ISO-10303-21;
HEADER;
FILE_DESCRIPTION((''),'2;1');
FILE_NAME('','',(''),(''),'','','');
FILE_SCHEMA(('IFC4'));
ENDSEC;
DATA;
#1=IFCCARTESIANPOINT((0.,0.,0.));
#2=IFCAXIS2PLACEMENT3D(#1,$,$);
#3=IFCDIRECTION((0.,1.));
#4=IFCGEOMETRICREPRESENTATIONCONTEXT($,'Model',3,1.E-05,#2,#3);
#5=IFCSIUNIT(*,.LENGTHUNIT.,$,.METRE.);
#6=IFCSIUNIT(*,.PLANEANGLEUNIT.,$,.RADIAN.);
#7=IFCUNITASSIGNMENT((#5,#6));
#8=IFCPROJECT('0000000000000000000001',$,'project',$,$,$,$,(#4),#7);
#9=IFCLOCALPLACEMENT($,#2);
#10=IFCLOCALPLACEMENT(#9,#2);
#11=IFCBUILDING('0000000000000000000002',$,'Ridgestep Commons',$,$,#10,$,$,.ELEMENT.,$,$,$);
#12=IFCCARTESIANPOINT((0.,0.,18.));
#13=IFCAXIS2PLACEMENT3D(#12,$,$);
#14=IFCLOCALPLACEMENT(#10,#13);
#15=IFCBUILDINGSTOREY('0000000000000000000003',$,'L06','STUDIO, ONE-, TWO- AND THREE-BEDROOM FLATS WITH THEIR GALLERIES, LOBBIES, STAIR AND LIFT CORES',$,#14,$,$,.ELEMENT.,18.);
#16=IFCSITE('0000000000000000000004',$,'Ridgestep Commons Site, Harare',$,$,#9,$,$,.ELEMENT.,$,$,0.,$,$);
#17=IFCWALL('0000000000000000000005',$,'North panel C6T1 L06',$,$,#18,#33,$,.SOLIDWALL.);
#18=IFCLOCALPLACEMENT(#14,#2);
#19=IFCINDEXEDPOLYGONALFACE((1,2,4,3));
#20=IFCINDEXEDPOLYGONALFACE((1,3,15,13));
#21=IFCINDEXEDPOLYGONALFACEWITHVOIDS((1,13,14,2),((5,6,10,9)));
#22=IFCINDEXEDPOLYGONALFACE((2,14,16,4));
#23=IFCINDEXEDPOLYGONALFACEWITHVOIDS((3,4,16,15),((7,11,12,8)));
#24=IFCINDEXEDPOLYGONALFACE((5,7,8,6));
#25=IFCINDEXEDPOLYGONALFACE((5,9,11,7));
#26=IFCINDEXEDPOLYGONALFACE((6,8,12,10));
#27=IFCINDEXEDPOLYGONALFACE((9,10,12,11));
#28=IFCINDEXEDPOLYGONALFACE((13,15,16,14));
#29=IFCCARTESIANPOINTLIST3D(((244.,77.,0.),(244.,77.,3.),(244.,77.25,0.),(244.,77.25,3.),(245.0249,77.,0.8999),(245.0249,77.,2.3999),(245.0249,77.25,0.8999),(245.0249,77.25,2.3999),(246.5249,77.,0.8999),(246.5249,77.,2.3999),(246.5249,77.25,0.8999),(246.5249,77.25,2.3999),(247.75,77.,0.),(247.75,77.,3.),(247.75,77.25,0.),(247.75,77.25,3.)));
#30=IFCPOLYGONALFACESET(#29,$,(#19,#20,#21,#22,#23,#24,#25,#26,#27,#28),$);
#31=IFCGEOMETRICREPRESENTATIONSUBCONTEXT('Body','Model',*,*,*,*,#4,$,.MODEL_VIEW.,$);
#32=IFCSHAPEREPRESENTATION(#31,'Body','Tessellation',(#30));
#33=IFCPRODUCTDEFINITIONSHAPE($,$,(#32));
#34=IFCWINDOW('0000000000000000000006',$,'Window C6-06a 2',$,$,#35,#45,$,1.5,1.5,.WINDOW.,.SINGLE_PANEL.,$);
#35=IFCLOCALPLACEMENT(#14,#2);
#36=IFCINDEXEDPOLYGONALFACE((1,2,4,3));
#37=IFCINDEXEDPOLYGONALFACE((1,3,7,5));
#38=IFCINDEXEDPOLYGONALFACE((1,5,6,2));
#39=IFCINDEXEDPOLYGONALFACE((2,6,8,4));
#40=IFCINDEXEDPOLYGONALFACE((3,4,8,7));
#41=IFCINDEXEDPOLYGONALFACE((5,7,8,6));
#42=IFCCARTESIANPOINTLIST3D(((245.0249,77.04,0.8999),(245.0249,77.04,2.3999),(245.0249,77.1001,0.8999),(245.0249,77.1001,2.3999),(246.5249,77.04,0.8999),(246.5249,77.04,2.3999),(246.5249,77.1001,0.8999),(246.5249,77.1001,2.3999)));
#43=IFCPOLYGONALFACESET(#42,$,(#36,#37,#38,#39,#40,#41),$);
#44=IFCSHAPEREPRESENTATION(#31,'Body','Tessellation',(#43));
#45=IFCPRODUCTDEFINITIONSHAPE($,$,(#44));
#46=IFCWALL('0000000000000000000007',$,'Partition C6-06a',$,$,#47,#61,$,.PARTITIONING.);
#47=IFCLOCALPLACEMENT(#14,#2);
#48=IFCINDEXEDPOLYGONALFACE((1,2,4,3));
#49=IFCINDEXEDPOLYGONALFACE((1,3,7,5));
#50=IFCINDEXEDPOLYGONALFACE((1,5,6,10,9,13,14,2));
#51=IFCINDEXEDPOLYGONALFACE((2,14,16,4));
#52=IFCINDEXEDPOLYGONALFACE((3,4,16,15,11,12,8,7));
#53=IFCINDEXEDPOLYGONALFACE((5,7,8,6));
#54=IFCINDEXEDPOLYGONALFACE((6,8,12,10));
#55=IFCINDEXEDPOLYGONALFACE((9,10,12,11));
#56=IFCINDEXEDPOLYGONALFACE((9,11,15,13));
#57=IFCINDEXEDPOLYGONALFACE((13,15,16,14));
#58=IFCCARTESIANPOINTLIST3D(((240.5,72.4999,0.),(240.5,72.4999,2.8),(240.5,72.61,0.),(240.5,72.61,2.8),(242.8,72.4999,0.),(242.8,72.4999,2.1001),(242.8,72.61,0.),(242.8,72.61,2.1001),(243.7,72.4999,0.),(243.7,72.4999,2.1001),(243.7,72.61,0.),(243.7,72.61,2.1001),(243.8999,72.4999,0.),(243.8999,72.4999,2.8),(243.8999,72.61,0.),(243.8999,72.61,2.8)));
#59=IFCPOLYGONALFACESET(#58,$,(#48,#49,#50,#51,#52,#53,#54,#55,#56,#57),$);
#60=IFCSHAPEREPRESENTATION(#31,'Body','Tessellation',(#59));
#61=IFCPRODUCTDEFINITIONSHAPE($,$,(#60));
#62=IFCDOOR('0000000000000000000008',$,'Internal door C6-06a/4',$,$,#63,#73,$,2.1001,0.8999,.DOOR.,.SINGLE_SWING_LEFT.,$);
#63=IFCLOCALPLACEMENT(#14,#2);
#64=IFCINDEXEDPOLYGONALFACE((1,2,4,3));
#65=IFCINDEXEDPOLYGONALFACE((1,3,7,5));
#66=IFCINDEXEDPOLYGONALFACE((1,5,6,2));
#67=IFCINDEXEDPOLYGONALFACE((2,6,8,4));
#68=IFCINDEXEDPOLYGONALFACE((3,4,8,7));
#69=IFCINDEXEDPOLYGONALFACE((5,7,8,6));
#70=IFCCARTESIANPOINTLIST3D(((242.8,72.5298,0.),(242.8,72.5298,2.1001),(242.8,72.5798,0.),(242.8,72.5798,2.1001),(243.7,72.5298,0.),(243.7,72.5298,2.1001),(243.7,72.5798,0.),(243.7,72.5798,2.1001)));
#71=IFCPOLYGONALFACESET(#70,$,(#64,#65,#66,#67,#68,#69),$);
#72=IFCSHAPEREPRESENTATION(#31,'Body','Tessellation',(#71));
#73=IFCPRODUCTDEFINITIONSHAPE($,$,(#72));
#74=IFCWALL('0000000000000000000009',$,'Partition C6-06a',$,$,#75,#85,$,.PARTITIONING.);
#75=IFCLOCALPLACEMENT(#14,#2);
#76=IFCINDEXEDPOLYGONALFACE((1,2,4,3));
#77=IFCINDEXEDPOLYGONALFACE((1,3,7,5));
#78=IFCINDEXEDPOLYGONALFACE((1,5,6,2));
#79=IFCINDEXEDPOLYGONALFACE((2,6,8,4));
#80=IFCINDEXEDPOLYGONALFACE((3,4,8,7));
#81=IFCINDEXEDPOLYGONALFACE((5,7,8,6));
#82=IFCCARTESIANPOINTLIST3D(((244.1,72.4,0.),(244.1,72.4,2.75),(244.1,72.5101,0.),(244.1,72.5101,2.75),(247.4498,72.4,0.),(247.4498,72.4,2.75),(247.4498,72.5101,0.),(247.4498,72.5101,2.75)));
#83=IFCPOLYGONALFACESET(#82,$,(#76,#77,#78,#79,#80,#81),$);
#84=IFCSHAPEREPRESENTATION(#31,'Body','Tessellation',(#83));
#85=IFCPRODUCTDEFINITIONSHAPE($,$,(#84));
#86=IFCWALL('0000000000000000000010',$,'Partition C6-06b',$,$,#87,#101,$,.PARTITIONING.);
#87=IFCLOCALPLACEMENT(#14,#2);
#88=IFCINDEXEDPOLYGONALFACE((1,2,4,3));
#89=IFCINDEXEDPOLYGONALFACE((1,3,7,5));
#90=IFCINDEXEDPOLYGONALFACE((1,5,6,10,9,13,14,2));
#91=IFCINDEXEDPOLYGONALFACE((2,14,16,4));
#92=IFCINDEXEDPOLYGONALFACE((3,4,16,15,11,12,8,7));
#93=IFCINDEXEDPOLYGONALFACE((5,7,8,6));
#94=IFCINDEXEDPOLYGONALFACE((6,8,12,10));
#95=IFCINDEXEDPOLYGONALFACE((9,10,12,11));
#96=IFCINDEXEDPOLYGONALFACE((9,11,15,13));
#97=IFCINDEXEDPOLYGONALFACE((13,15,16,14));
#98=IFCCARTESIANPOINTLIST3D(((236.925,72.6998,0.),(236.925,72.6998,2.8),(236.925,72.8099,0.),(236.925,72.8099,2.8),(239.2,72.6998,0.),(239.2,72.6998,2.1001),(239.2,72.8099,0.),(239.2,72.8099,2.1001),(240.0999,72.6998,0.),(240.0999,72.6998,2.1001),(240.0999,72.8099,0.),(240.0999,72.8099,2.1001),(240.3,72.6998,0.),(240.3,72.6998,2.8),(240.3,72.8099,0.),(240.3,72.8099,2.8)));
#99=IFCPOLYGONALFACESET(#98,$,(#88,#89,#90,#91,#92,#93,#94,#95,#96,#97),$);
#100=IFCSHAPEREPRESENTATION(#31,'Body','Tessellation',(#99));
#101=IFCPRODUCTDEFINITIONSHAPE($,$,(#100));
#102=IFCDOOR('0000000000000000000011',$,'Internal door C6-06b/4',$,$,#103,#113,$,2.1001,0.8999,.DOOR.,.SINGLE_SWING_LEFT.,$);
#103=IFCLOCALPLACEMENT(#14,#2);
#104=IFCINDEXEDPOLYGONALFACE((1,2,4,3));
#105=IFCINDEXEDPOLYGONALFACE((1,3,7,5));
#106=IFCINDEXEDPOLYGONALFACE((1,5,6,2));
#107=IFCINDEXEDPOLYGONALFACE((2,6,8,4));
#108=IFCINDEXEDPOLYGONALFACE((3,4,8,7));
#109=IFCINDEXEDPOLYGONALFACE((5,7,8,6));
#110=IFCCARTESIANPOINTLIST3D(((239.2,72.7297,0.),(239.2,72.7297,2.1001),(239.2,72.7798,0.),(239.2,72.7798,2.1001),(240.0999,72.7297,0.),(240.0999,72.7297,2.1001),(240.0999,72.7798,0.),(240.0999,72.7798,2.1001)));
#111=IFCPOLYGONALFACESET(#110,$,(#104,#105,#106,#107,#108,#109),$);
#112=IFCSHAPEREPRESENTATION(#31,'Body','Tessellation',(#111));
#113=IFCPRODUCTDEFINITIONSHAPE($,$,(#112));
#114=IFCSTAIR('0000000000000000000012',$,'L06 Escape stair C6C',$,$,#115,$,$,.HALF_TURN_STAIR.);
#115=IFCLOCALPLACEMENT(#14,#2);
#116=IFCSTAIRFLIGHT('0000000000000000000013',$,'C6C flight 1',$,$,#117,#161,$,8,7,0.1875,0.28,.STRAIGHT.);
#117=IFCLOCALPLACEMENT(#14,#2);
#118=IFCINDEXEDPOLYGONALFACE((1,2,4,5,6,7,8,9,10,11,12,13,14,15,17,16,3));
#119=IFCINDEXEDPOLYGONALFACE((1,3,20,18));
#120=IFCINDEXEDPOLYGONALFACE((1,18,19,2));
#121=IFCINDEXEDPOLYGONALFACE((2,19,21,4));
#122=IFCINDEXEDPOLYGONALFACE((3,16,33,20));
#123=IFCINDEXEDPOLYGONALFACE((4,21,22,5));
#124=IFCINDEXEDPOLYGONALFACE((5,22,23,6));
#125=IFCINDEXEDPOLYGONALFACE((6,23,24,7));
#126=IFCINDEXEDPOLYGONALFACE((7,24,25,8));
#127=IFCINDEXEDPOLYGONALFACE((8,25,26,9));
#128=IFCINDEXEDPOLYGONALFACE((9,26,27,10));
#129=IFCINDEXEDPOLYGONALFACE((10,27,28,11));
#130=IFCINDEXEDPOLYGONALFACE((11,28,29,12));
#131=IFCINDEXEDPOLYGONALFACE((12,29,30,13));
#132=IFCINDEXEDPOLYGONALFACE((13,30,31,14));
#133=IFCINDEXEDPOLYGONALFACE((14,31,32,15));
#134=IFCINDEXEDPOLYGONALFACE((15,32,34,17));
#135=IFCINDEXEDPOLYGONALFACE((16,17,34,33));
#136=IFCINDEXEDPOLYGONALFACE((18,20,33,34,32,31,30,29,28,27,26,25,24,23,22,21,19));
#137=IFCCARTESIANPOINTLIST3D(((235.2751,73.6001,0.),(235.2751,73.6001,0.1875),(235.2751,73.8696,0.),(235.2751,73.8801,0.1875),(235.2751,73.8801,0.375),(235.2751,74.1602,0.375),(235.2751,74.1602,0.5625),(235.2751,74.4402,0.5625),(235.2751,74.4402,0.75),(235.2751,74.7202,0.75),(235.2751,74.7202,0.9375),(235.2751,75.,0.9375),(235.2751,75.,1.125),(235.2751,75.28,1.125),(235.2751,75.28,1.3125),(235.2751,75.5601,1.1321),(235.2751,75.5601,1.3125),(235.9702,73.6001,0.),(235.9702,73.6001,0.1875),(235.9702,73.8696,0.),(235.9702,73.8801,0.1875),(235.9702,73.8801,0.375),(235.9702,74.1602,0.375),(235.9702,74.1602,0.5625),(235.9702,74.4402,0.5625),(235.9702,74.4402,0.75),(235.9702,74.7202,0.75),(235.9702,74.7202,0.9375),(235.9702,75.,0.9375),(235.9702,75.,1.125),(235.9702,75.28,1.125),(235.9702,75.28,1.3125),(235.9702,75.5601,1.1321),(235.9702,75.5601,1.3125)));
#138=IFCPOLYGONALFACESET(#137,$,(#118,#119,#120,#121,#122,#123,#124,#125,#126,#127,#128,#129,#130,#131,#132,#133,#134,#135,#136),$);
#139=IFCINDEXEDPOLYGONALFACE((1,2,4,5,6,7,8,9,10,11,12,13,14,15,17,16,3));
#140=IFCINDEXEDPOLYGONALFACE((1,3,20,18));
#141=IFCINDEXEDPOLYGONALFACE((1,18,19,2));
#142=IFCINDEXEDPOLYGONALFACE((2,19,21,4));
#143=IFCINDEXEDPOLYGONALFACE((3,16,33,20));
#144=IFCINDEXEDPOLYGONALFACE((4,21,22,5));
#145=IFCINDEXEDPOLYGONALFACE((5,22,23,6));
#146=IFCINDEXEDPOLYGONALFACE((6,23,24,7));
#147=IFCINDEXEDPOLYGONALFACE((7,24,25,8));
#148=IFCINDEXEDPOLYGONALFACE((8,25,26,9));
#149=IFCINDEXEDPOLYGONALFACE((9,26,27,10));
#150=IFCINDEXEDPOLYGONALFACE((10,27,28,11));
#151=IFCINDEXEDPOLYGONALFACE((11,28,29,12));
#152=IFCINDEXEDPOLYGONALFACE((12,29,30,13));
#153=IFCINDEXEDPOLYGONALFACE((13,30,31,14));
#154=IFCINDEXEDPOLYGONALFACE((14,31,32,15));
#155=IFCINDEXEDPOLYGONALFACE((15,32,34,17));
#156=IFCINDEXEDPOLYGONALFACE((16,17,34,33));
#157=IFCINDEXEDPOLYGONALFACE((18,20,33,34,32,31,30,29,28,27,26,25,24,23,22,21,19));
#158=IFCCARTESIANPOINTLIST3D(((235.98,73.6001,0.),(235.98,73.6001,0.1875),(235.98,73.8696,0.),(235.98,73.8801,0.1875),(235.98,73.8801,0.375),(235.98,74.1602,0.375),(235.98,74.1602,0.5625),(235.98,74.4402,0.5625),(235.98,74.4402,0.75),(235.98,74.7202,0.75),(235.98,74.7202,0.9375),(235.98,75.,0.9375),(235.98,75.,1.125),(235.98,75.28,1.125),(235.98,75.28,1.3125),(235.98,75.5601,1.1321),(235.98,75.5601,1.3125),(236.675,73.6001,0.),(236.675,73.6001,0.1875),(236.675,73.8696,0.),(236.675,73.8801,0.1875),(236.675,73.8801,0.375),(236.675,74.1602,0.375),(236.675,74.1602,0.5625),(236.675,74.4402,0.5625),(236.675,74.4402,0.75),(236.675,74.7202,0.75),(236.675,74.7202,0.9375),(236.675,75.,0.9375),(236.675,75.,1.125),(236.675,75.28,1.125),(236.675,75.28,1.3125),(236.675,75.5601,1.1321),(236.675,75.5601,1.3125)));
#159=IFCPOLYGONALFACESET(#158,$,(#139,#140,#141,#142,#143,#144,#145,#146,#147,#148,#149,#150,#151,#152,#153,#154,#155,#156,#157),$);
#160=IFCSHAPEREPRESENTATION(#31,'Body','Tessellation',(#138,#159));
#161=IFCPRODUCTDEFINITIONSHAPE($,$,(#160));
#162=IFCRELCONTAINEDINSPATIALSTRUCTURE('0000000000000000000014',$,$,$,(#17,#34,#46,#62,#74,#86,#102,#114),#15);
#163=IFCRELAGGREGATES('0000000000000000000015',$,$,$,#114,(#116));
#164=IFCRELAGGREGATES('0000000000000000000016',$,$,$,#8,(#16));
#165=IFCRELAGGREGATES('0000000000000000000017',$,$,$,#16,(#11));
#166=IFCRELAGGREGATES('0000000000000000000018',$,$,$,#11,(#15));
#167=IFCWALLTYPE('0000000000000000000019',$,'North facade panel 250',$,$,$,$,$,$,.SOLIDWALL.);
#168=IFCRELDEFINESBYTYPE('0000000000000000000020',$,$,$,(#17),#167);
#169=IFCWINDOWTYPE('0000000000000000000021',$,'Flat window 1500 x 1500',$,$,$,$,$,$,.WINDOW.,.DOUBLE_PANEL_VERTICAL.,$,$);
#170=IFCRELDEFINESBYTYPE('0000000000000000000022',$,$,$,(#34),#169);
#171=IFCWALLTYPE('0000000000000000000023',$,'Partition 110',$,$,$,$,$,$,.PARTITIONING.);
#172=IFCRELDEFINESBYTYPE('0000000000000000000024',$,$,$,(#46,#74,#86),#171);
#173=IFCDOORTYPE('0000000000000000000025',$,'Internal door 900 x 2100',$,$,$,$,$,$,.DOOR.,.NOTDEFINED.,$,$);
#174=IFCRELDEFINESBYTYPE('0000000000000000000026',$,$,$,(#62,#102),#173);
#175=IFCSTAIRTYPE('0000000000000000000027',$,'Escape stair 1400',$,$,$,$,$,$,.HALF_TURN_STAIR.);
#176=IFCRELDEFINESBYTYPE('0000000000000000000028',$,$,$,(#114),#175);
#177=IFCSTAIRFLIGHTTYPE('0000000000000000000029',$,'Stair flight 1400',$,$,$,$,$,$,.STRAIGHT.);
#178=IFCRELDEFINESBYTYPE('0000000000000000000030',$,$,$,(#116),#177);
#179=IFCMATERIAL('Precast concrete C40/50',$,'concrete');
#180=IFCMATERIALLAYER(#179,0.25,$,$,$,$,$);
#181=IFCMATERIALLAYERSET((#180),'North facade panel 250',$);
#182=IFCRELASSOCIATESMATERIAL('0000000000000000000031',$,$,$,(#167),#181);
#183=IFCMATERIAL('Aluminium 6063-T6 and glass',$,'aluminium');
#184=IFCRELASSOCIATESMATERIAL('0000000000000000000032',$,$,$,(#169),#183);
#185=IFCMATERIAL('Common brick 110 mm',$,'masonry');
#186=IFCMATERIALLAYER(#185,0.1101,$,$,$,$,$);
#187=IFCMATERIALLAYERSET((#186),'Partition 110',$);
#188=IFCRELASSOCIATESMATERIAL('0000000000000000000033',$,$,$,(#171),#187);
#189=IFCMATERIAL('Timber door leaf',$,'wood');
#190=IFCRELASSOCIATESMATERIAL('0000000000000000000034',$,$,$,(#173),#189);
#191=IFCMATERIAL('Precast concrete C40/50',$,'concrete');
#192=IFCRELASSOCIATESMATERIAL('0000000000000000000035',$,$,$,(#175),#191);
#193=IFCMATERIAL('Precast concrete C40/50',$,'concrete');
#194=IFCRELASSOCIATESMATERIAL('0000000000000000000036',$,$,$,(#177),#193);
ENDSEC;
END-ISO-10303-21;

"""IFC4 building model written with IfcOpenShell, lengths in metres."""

from ifc_helpers import new_model, si_unit, direction, frame, frame_2d, origin, place, context, subcontext, project, spatial, polyline, rectangle, outline, extrude, material, layer, layer_set, type_object, element, fill, aggregate, save


model = new_model("IFC4")

# Units and contexts
model_context = context("Model", 3, precision=1e-05, world=origin(), true_north=direction((0.0, 1.0)))
body_context = subcontext(model_context, "Body", "Model", "MODEL_VIEW")
ifc_project = project(units=[si_unit("LENGTHUNIT", "METRE"), si_unit("PLANEANGLEUNIT", "RADIAN")], contexts=[model_context])

# Site, building, storey
site_placement = place(None, origin())
site = spatial("IfcSite", under=ifc_project, at=site_placement, Name="Ridgestep Commons Site, Harare", CompositionType="ELEMENT", RefElevation=0.0)
building_placement = place(site_placement, origin())
building = spatial("IfcBuilding", under=site, at=building_placement, Name="Ridgestep Commons", CompositionType="ELEMENT")
storey_placement = place(building_placement, frame((0.0, 0.0, 18.0)))
storey = spatial("IfcBuildingStorey", under=building, at=storey_placement, Name="L06", Description="STUDIO, ONE-, TWO- AND THREE-BEDROOM FLATS WITH THEIR GALLERIES, LOBBIES, STAIR AND LIFT CORES", CompositionType="ELEMENT", Elevation=18.0)

# Shared definitions
ifc_material_1 = material(Name="Precast concrete C40/50", Category="concrete")
ifc_layer_1 = layer(ifc_material_1, 0.25)
ifc_layer_set_1 = layer_set([ifc_layer_1], Name="North facade panel 250")
wall_type_1 = type_object("IfcWallType", Name="North facade panel 250", PredefinedType="SOLIDWALL", material=ifc_layer_set_1)
ifc_material_2 = material(Name="Aluminium 6063-T6 and glass", Category="aluminium")
window_type = type_object("IfcWindowType", Name="Flat window 1500 x 1500", PartitioningType="DOUBLE_PANEL_VERTICAL", PredefinedType="WINDOW", material=ifc_material_2)

# Wall, opening, window
wall_1_placement = place(storey_placement, frame((244.0, 77.125, 0.0), z_axis=(0.0, 0.0, 1.0), x_axis=(1.0, 0.0, 0.0)))
wall_1 = element("IfcWall", 1, at=wall_1_placement, inside=storey, type_object=wall_type_1, Name="North panel C6T1 L06", PredefinedType="SOLIDWALL", context=body_context, shape_type="SweptSolid", body=[
    extrude(rectangle(XDim=3.75, YDim=0.25, at=frame_2d((1.875, 0.0))), origin(), (0.0, 0.0, 1.0), 3.0),
])
opening_1_placement = place(wall_1_placement, frame((1.0249, 0.0, 0.8999)))
opening_1 = element("IfcOpeningElement", 2, at=opening_1_placement, cuts=wall_1, PredefinedType="OPENING", context=body_context, shape_type="SweptSolid", body=[
    extrude(rectangle(XDim=1.5, YDim=1.5, at=frame_2d((0.75, 0.75))), frame((0.0, 0.135, 0.0), z_axis=(0.0, -1.0, 0.0), x_axis=(1.0, 0.0, 0.0)), (0.0, 0.0, 1.0), 0.27),
])
window_1_placement = place(opening_1_placement, origin())
window_1 = element("IfcWindow", 3, at=window_1_placement, inside=storey, type_object=window_type, Name="Window C6-06a 2", OverallHeight=1.5, OverallWidth=1.5, PartitioningType="SINGLE_PANEL", PredefinedType="WINDOW", context=body_context, shape_type="SweptSolid", body=[
    extrude(rectangle(XDim=1.5, YDim=1.5, at=frame_2d((0.75, 0.75))), frame((0.0, -0.0249, 0.0), z_axis=(0.0, -1.0, 0.0), x_axis=(1.0, 0.0, 0.0)), (0.0, 0.0, 1.0), 0.0601),
])
fill(opening_1, window_1)

# Wall, opening, door
ifc_material_3 = material(Name="Common brick 110 mm", Category="masonry")
ifc_layer_2 = layer(ifc_material_3, 0.1101)
ifc_layer_set_2 = layer_set([ifc_layer_2], Name="Partition 110")
wall_type_2 = type_object("IfcWallType", Name="Partition 110", PredefinedType="PARTITIONING", material=ifc_layer_set_2)
wall_2_placement = place(storey_placement, frame((240.5, 72.5549, 0.0), z_axis=(0.0, 0.0, 1.0), x_axis=(1.0, 0.0, 0.0)))
wall_2 = element("IfcWall", 4, at=wall_2_placement, inside=storey, type_object=wall_type_2, Name="Partition C6-06a", PredefinedType="PARTITIONING", context=body_context, shape_type="SweptSolid", body=[
    extrude(rectangle(XDim=3.3999, YDim=0.1101, at=frame_2d((1.7, 0.0))), origin(), (0.0, 0.0, 1.0), 2.8),
])
opening_2_placement = place(wall_2_placement, frame((2.3, 0.0, 0.0)))
opening_2 = element("IfcOpeningElement", 5, at=opening_2_placement, cuts=wall_2, PredefinedType="OPENING", context=body_context, shape_type="SweptSolid", body=[
    extrude(rectangle(XDim=0.8999, YDim=2.1001, at=frame_2d((0.45, 1.05))), frame((0.0, 0.0649, 0.0), z_axis=(0.0, -1.0, 0.0), x_axis=(1.0, 0.0, 0.0)), (0.0, 0.0, 1.0), 0.1301),
])
ifc_material_4 = material(Name="Timber door leaf", Category="wood")
door_type_1 = type_object("IfcDoorType", Name="Internal door 900 x 2100", OperationType="NOTDEFINED", PredefinedType="DOOR", material=ifc_material_4)
door_1_placement = place(opening_2_placement, origin())
door_1 = element("IfcDoor", 6, at=door_1_placement, inside=storey, type_object=door_type_1, Name="Internal door C6-06a/4", OperationType="SINGLE_SWING_LEFT", OverallHeight=2.1001, OverallWidth=0.8999, PredefinedType="DOOR", context=body_context, shape_type="SweptSolid", body=[
    extrude(rectangle(XDim=0.8999, YDim=2.1001, at=frame_2d((0.45, 1.05))), frame((0.0, 0.0249, 0.0), z_axis=(0.0, -1.0, 0.0), x_axis=(1.0, 0.0, 0.0)), (0.0, 0.0, 1.0), 0.05),
])
fill(opening_2, door_1)

# Wall
wall_3_placement = place(storey_placement, frame((244.1001, 72.4551, 0.0), z_axis=(0.0, 0.0, 1.0), x_axis=(1.0, 0.0, 0.0)))
element("IfcWall", 7, at=wall_3_placement, inside=storey, type_object=wall_type_2, Name="Partition C6-06a", PredefinedType="PARTITIONING", context=body_context, shape_type="SweptSolid", body=[
    extrude(rectangle(XDim=3.3499, YDim=0.1101, at=frame_2d((1.6748, 0.0))), origin(), (0.0, 0.0, 1.0), 2.75),
])

# Wall, opening, door
wall_4_placement = place(storey_placement, frame((236.925, 72.7549, 0.0), z_axis=(0.0, 0.0, 1.0), x_axis=(1.0, 0.0, 0.0)))
wall_4 = element("IfcWall", 8, at=wall_4_placement, inside=storey, type_object=wall_type_2, Name="Partition C6-06b", PredefinedType="PARTITIONING", context=body_context, shape_type="SweptSolid", body=[
    extrude(rectangle(XDim=3.375, YDim=0.1101, at=frame_2d((1.6875, 0.0))), origin(), (0.0, 0.0, 1.0), 2.8),
])
opening_3_placement = place(wall_4_placement, frame((2.2749, 0.0, 0.0)))
opening_3 = element("IfcOpeningElement", 9, at=opening_3_placement, cuts=wall_4, PredefinedType="OPENING", context=body_context, shape_type="SweptSolid", body=[
    extrude(rectangle(XDim=0.8999, YDim=2.1001, at=frame_2d((0.45, 1.05))), frame((0.0, 0.0649, 0.0), z_axis=(0.0, -1.0, 0.0), x_axis=(1.0, 0.0, 0.0)), (0.0, 0.0, 1.0), 0.1301),
])
door_2_placement = place(opening_3_placement, origin())
door_2 = element("IfcDoor", 10, at=door_2_placement, inside=storey, type_object=door_type_1, Name="Internal door C6-06b/4", OperationType="SINGLE_SWING_LEFT", OverallHeight=2.1001, OverallWidth=0.8999, PredefinedType="DOOR", context=body_context, shape_type="SweptSolid", body=[
    extrude(rectangle(XDim=0.8999, YDim=2.1001, at=frame_2d((0.45, 1.05))), frame((0.0, 0.0249, 0.0), z_axis=(0.0, -1.0, 0.0), x_axis=(1.0, 0.0, 0.0)), (0.0, 0.0, 1.0), 0.05),
])
fill(opening_3, door_2)

# Stair, stair flight
ifc_material_5 = material(Name="Precast concrete C40/50", Category="concrete")
stair_type = type_object("IfcStairType", Name="Escape stair 1400", PredefinedType="HALF_TURN_STAIR", material=ifc_material_5)
stair_placement = place(storey_placement, origin())
stair = element("IfcStair", 11, at=stair_placement, inside=storey, type_object=stair_type, Name="L06 Escape stair C6C", PredefinedType="HALF_TURN_STAIR")
ifc_material_6 = material(Name="Precast concrete C40/50", Category="concrete")
stair_flight_type = type_object("IfcStairFlightType", Name="Stair flight 1400", PredefinedType="STRAIGHT", material=ifc_material_6)
stair_flight_placement = place(storey_placement, frame((235.9751, 73.6001, 0.0), z_axis=(0.0, 0.0, 1.0), x_axis=(0.0, 1.0, 0.0)))
stair_flight = element("IfcStairFlight", 12, at=stair_flight_placement, type_object=stair_flight_type, Name="C6C flight 1", NumberOfRisers=8, NumberOfTreads=7, PredefinedType="STRAIGHT", RiserHeight=0.1875, TreadLength=0.28, context=body_context, shape_type="SweptSolid", body=[
    extrude(outline(polyline([(0.0, 0.0), (0.0, 0.1875), (0.28, 0.1875), (0.28, 0.375), (0.5601, 0.375), (0.5601, 0.5625), (0.8401, 0.5625), (0.8401, 0.75), (1.1201, 0.75), (1.1201, 0.9375), (1.3999, 0.9375), (1.3999, 1.125), (1.6799, 1.125), (1.6799, 1.3125), (1.96, 1.3125), (1.96, 1.5), (1.96, 1.1321), (0.2695, 0.0), (0.0, 0.0)])), frame((0.0, 0.7, 0.0), z_axis=(0.0, -1.0, 0.0), x_axis=(1.0, 0.0, 0.0)), (0.0, 0.0, 1.0), 0.6951),
    extrude(outline(polyline([(0.0, 0.0), (0.0, 0.1875), (0.28, 0.1875), (0.28, 0.375), (0.5601, 0.375), (0.5601, 0.5625), (0.8401, 0.5625), (0.8401, 0.75), (1.1201, 0.75), (1.1201, 0.9375), (1.3999, 0.9375), (1.3999, 1.125), (1.6799, 1.125), (1.6799, 1.3125), (1.96, 1.3125), (1.96, 1.5), (1.96, 1.1321), (0.2695, 0.0), (0.0, 0.0)])), frame((0.0, -0.0049, 0.0), z_axis=(0.0, -1.0, 0.0), x_axis=(1.0, 0.0, 0.0)), (0.0, 0.0, 1.0), 0.6951),
])
aggregate(stair, [stair_flight])

save(model, "model.ifc")
